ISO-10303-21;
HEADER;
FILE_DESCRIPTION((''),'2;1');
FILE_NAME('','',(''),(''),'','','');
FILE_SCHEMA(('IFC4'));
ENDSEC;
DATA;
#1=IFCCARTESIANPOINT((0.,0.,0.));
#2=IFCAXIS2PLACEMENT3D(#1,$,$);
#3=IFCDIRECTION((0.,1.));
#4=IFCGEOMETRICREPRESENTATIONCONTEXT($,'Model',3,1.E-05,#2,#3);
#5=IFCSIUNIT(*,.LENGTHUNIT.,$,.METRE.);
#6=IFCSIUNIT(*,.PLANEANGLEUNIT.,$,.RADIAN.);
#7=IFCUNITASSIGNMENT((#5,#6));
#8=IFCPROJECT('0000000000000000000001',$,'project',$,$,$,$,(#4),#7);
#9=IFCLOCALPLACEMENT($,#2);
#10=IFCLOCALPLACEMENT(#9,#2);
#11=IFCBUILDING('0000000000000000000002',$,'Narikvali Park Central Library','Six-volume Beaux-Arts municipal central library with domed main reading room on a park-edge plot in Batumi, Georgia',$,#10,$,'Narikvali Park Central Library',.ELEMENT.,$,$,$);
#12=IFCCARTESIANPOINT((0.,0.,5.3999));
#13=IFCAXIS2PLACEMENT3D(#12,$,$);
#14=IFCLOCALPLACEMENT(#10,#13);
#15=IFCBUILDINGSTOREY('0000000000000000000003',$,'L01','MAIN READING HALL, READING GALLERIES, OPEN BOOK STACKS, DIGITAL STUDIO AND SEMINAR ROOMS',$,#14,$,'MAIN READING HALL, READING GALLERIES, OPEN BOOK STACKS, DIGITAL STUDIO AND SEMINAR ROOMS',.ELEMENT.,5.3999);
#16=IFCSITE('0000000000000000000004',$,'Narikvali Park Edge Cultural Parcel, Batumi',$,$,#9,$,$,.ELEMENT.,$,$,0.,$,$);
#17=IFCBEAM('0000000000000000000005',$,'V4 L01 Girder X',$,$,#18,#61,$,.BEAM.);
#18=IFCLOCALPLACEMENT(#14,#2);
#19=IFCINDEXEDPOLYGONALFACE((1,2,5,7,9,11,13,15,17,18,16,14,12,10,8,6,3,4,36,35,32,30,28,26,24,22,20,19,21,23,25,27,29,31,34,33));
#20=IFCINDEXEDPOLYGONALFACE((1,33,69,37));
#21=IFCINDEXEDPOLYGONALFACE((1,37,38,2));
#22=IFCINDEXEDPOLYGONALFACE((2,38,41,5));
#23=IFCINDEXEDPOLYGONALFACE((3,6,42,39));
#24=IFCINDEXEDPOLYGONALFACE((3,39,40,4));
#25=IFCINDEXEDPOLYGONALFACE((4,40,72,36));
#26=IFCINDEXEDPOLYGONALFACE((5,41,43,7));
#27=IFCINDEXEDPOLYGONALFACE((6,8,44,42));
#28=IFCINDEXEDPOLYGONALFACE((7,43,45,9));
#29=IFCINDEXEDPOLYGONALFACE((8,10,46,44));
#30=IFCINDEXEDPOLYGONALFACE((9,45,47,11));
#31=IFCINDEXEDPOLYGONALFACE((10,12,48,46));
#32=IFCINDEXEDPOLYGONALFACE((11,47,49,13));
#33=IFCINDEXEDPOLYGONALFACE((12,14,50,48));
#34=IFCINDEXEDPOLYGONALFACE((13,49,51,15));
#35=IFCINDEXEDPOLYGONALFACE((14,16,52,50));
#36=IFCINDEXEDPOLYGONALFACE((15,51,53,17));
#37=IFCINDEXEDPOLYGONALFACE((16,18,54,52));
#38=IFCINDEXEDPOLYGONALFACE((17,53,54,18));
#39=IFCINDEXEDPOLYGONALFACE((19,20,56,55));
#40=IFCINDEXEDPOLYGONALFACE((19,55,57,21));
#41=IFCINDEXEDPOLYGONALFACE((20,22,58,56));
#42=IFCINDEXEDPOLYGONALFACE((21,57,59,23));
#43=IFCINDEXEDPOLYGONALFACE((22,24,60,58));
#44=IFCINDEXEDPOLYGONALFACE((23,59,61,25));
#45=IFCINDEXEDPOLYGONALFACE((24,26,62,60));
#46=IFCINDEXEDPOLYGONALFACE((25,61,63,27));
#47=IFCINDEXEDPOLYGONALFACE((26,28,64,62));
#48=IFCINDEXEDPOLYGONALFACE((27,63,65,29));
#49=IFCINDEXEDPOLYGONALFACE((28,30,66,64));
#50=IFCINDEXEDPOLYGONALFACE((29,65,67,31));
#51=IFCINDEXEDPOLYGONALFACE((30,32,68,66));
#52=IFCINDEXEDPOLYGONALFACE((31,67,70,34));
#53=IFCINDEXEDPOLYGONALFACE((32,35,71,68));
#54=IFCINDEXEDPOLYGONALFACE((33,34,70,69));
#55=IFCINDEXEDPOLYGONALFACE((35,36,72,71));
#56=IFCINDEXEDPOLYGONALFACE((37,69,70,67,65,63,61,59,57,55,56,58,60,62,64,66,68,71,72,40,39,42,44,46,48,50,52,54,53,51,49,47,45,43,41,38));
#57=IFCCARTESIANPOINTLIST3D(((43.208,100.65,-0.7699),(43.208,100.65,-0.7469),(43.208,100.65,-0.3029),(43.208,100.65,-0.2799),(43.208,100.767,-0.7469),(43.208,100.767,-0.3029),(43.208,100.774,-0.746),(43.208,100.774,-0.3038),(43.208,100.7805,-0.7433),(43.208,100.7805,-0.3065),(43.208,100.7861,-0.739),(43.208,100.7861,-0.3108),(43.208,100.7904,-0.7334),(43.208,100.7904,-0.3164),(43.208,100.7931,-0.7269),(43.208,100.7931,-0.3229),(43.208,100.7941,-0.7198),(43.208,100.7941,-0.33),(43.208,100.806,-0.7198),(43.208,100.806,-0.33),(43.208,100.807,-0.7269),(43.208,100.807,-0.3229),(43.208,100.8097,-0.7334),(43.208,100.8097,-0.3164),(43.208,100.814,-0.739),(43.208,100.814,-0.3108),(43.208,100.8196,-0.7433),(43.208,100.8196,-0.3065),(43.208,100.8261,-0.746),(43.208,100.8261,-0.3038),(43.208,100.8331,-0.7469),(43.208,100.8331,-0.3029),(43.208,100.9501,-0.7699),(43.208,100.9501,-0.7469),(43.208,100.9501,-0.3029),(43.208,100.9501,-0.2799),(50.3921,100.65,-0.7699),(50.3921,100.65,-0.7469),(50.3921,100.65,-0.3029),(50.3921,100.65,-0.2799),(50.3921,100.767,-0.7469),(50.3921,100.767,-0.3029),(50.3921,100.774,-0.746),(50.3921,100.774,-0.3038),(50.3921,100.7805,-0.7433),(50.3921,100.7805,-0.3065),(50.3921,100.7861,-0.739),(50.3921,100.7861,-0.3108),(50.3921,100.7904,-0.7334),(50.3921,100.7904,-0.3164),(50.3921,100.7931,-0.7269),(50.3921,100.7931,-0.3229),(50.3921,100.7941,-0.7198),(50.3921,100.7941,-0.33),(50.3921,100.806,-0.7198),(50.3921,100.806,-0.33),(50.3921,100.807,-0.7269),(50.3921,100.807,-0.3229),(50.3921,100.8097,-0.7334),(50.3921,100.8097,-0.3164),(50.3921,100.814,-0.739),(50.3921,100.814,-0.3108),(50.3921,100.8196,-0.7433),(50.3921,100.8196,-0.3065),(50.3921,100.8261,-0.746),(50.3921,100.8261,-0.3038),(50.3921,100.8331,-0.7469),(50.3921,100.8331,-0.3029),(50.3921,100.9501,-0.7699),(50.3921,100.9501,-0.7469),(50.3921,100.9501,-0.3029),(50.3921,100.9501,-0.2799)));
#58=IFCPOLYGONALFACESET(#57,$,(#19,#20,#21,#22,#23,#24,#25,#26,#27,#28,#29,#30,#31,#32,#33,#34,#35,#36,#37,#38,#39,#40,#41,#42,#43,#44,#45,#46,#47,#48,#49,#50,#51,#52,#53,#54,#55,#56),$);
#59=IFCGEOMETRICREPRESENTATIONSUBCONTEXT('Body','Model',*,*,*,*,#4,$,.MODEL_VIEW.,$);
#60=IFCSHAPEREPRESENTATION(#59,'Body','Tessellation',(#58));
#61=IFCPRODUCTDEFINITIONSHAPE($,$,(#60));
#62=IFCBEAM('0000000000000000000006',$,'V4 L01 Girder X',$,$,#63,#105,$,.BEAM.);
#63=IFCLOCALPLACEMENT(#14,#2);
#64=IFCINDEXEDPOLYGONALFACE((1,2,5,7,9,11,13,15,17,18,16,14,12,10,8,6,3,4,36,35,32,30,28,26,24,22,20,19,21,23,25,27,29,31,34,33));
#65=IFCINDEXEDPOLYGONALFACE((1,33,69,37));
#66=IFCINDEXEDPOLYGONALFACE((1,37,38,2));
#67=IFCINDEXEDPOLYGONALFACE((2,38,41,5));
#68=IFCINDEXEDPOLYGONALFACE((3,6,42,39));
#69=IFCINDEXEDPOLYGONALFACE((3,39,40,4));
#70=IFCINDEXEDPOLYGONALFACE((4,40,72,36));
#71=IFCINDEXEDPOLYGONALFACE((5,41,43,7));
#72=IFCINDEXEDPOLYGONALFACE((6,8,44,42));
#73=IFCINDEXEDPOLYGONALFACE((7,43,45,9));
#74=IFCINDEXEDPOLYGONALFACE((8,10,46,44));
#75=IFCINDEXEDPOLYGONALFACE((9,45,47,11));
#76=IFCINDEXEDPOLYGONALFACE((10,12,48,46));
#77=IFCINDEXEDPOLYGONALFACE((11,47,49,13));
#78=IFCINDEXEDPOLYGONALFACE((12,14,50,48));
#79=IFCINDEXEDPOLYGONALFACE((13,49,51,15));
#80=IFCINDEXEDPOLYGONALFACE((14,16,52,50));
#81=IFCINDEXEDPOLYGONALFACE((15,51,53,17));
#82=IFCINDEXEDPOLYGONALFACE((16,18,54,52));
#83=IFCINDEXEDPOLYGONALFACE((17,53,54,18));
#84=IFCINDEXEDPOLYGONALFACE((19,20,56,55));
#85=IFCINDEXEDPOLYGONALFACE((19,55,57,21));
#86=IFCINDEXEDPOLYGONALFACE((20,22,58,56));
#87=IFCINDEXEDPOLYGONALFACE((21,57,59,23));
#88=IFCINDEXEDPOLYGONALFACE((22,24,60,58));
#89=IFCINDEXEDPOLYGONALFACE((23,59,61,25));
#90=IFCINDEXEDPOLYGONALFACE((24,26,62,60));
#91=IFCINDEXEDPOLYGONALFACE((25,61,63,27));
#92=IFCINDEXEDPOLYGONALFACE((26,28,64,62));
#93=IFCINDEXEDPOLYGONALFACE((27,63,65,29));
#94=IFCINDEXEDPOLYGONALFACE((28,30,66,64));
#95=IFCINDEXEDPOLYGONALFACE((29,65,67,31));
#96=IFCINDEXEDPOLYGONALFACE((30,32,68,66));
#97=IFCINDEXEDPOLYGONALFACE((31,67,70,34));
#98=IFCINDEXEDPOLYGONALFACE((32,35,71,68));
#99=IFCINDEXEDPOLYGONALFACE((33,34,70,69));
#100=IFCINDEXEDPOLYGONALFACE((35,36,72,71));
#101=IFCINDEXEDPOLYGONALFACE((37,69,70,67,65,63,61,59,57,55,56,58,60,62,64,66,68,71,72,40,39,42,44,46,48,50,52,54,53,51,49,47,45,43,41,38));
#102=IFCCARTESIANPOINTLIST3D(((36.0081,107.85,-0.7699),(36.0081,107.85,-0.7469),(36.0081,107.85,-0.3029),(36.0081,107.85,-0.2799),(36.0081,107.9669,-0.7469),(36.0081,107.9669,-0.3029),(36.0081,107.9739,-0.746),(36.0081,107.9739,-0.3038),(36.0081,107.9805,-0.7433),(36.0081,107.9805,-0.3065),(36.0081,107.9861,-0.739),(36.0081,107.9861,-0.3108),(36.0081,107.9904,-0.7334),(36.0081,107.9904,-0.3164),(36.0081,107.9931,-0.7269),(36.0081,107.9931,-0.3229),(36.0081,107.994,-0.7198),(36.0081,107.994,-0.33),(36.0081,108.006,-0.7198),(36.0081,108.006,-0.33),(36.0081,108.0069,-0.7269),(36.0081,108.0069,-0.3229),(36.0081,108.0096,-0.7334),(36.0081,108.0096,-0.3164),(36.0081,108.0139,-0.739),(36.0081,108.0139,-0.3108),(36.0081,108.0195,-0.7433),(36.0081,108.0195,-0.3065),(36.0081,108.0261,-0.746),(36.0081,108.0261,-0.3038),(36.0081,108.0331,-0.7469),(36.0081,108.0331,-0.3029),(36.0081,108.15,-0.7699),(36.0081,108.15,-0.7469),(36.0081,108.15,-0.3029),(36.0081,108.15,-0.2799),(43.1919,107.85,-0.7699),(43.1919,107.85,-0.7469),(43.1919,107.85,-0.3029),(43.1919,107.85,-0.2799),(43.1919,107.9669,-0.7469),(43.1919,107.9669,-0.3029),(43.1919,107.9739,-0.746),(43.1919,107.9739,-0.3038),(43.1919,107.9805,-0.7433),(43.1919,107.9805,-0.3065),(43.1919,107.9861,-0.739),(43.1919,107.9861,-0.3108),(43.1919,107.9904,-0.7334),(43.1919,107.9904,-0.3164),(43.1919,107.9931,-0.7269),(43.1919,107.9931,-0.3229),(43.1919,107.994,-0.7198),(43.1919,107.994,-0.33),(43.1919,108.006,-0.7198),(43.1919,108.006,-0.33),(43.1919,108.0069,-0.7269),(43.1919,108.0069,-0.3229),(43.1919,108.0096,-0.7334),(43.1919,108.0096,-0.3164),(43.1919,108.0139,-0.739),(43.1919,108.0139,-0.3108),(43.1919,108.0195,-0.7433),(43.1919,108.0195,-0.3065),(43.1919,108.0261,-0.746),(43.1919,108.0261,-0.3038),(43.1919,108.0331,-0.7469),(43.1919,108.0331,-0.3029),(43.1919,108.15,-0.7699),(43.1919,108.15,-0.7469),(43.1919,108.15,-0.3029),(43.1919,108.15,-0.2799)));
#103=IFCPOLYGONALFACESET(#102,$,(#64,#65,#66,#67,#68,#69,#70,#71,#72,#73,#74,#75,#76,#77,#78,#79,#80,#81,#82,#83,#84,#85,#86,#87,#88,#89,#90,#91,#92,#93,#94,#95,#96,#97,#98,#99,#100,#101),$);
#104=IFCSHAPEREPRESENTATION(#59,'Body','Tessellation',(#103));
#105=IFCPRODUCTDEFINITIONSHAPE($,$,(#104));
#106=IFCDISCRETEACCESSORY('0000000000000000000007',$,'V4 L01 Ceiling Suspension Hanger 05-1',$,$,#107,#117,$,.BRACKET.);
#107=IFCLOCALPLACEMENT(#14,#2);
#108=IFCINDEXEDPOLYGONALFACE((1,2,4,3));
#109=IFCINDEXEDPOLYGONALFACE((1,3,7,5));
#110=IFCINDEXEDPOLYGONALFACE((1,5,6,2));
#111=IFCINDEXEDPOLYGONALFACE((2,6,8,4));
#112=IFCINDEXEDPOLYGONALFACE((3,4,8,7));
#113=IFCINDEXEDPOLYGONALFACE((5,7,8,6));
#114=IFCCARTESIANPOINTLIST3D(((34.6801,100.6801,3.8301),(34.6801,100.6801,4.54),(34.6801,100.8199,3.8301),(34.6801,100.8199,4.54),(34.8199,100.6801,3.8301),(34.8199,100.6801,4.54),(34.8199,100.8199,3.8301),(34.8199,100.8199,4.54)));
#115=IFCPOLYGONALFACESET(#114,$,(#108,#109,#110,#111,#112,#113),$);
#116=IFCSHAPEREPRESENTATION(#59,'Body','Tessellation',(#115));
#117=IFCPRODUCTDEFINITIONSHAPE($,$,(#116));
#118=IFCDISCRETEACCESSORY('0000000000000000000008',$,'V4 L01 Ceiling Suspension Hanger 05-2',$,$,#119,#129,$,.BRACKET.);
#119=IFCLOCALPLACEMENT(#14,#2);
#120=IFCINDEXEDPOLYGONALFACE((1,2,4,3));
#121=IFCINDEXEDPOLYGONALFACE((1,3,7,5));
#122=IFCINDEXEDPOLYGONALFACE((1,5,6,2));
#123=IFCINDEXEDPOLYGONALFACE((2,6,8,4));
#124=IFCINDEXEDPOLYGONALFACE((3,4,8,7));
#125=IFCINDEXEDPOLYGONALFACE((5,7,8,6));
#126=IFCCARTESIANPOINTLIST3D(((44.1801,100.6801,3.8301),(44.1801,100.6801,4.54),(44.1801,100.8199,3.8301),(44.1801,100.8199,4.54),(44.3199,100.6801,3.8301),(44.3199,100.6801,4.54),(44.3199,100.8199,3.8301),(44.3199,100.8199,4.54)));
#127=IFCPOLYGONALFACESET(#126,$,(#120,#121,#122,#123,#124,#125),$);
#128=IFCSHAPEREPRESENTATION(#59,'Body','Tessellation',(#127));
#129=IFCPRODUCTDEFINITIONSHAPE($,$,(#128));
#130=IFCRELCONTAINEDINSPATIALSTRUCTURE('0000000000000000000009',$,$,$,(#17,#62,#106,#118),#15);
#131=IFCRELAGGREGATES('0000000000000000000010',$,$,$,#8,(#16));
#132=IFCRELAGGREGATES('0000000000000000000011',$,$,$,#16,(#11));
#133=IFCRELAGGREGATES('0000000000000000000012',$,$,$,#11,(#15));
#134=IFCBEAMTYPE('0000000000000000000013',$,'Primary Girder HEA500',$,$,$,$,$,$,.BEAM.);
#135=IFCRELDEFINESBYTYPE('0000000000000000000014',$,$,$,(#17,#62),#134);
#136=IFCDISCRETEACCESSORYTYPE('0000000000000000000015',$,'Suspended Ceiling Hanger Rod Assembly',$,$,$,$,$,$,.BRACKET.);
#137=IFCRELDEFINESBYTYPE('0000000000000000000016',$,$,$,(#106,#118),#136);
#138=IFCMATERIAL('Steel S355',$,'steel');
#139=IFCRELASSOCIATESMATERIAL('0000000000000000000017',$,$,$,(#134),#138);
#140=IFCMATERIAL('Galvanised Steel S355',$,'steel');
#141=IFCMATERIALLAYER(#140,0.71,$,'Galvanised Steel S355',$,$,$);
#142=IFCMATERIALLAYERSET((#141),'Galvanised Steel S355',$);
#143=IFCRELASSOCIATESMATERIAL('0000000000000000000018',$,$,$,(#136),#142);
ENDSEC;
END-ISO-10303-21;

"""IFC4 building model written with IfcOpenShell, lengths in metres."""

from ifc_helpers import new_model, si_unit, direction, frame, origin, origin_2d, place, context, subcontext, project, spatial, rectangle, i_section, extrude, material, layer, layer_set, material_profile, profile_set, type_object, element, save


model = new_model("IFC4")

# Units and contexts
model_context = context("Model", 3, precision=1e-05, world=origin(), true_north=direction((0.0, 1.0)))
body_context = subcontext(model_context, "Body", "Model", "MODEL_VIEW")
ifc_project = project(units=[si_unit("LENGTHUNIT", "METRE"), si_unit("PLANEANGLEUNIT", "RADIAN")], contexts=[model_context])

# Site, building, storey
site_placement = place(None, origin())
site = spatial("IfcSite", under=ifc_project, at=site_placement, Name="Narikvali Park Edge Cultural Parcel, Batumi", CompositionType="ELEMENT", RefElevation=0.0)
building_placement = place(site_placement, origin())
building = spatial("IfcBuilding", under=site, at=building_placement, Name="Narikvali Park Central Library", Description="Six-volume Beaux-Arts municipal central library with domed main reading room on a park-edge plot in Batumi, Georgia", LongName="Narikvali Park Central Library", CompositionType="ELEMENT")
storey_placement = place(building_placement, frame((0.0, 0.0, 5.3999)))
storey = spatial("IfcBuildingStorey", under=building, at=storey_placement, Name="L01", Description="MAIN READING HALL, READING GALLERIES, OPEN BOOK STACKS, DIGITAL STUDIO AND SEMINAR ROOMS", LongName="MAIN READING HALL, READING GALLERIES, OPEN BOOK STACKS, DIGITAL STUDIO AND SEMINAR ROOMS", CompositionType="ELEMENT", Elevation=5.3999)

# Shared definitions
ifc_material_1 = material(Name="Steel S355", Category="steel")

# Beams
ifc_material_profile_1 = material_profile(ifc_material_1, i_section(OverallWidth=0.3, OverallDepth=0.49, WebThickness=0.012, FlangeThickness=0.0229, FilletRadius=0.0271, at=origin_2d()), Name="HEA 500")
ifc_profile_set_1 = profile_set([ifc_material_profile_1], Name="Steel S355")
beam_type_1 = type_object("IfcBeamType", Name="Primary Girder HEA500", PredefinedType="BEAM", material=ifc_profile_set_1)
beam_1_placement = place(storey_placement, frame((43.208, 100.8, -0.5249), z_axis=(1.0, 0.0, 0.0), x_axis=(0.0, 1.0, 0.0)))
element("IfcBeam", 1, at=beam_1_placement, inside=storey, type_object=beam_type_1, Name="V4 L01 Girder X", PredefinedType="BEAM", context=body_context, shape_type="SweptSolid", body=[
    extrude(i_section(OverallWidth=0.3, OverallDepth=0.49, WebThickness=0.012, FlangeThickness=0.0229, FilletRadius=0.0271, at=origin_2d()), origin(), (0.0, 0.0, 1.0), 7.1841),
])
beam_2_placement = place(storey_placement, frame((36.0081, 108.0, -0.5249), z_axis=(1.0, 0.0, 0.0), x_axis=(0.0, 1.0, 0.0)))
element("IfcBeam", 2, at=beam_2_placement, inside=storey, type_object=beam_type_1, Name="V4 L01 Girder X", PredefinedType="BEAM", context=body_context, shape_type="SweptSolid", body=[
    extrude(i_section(OverallWidth=0.3, OverallDepth=0.49, WebThickness=0.012, FlangeThickness=0.0229, FilletRadius=0.0271, at=origin_2d()), origin(), (0.0, 0.0, 1.0), 7.1838),
])

# Discrete accessories
ifc_material_2 = material(Name="Galvanised Steel S355", Category="steel")
ifc_layer = layer(ifc_material_2, 0.71, Name="Galvanised Steel S355")
ifc_layer_set = layer_set([ifc_layer], Name="Galvanised Steel S355")
discrete_accessory_type = type_object("IfcDiscreteAccessoryType", Name="Suspended Ceiling Hanger Rod Assembly", PredefinedType="BRACKET", material=ifc_layer_set)
for number, where, z_axis, x_axis, name in (
    (3, (34.75, 100.75, 3.8301), (0.0, 0.0, 1.0), (1.0, 0.0, 0.0), "V4 L01 Ceiling Suspension Hanger 05-1"),
    (4, (44.25, 100.75, 3.8301), (0.0, 0.0, 1.0), (1.0, 0.0, 0.0), "V4 L01 Ceiling Suspension Hanger 05-2"),
):
    element("IfcDiscreteAccessory", number, at=place(storey_placement, frame(where, z_axis=z_axis, x_axis=x_axis)), inside=storey, type_object=discrete_accessory_type, Name=name, PredefinedType="BRACKET", context=body_context, shape_type="SweptSolid", body=[
        extrude(rectangle(XDim=0.1399, YDim=0.1399, at=origin_2d()), origin(), (0.0, 0.0, 1.0), 0.71),
    ])

save(model, "model.ifc")
